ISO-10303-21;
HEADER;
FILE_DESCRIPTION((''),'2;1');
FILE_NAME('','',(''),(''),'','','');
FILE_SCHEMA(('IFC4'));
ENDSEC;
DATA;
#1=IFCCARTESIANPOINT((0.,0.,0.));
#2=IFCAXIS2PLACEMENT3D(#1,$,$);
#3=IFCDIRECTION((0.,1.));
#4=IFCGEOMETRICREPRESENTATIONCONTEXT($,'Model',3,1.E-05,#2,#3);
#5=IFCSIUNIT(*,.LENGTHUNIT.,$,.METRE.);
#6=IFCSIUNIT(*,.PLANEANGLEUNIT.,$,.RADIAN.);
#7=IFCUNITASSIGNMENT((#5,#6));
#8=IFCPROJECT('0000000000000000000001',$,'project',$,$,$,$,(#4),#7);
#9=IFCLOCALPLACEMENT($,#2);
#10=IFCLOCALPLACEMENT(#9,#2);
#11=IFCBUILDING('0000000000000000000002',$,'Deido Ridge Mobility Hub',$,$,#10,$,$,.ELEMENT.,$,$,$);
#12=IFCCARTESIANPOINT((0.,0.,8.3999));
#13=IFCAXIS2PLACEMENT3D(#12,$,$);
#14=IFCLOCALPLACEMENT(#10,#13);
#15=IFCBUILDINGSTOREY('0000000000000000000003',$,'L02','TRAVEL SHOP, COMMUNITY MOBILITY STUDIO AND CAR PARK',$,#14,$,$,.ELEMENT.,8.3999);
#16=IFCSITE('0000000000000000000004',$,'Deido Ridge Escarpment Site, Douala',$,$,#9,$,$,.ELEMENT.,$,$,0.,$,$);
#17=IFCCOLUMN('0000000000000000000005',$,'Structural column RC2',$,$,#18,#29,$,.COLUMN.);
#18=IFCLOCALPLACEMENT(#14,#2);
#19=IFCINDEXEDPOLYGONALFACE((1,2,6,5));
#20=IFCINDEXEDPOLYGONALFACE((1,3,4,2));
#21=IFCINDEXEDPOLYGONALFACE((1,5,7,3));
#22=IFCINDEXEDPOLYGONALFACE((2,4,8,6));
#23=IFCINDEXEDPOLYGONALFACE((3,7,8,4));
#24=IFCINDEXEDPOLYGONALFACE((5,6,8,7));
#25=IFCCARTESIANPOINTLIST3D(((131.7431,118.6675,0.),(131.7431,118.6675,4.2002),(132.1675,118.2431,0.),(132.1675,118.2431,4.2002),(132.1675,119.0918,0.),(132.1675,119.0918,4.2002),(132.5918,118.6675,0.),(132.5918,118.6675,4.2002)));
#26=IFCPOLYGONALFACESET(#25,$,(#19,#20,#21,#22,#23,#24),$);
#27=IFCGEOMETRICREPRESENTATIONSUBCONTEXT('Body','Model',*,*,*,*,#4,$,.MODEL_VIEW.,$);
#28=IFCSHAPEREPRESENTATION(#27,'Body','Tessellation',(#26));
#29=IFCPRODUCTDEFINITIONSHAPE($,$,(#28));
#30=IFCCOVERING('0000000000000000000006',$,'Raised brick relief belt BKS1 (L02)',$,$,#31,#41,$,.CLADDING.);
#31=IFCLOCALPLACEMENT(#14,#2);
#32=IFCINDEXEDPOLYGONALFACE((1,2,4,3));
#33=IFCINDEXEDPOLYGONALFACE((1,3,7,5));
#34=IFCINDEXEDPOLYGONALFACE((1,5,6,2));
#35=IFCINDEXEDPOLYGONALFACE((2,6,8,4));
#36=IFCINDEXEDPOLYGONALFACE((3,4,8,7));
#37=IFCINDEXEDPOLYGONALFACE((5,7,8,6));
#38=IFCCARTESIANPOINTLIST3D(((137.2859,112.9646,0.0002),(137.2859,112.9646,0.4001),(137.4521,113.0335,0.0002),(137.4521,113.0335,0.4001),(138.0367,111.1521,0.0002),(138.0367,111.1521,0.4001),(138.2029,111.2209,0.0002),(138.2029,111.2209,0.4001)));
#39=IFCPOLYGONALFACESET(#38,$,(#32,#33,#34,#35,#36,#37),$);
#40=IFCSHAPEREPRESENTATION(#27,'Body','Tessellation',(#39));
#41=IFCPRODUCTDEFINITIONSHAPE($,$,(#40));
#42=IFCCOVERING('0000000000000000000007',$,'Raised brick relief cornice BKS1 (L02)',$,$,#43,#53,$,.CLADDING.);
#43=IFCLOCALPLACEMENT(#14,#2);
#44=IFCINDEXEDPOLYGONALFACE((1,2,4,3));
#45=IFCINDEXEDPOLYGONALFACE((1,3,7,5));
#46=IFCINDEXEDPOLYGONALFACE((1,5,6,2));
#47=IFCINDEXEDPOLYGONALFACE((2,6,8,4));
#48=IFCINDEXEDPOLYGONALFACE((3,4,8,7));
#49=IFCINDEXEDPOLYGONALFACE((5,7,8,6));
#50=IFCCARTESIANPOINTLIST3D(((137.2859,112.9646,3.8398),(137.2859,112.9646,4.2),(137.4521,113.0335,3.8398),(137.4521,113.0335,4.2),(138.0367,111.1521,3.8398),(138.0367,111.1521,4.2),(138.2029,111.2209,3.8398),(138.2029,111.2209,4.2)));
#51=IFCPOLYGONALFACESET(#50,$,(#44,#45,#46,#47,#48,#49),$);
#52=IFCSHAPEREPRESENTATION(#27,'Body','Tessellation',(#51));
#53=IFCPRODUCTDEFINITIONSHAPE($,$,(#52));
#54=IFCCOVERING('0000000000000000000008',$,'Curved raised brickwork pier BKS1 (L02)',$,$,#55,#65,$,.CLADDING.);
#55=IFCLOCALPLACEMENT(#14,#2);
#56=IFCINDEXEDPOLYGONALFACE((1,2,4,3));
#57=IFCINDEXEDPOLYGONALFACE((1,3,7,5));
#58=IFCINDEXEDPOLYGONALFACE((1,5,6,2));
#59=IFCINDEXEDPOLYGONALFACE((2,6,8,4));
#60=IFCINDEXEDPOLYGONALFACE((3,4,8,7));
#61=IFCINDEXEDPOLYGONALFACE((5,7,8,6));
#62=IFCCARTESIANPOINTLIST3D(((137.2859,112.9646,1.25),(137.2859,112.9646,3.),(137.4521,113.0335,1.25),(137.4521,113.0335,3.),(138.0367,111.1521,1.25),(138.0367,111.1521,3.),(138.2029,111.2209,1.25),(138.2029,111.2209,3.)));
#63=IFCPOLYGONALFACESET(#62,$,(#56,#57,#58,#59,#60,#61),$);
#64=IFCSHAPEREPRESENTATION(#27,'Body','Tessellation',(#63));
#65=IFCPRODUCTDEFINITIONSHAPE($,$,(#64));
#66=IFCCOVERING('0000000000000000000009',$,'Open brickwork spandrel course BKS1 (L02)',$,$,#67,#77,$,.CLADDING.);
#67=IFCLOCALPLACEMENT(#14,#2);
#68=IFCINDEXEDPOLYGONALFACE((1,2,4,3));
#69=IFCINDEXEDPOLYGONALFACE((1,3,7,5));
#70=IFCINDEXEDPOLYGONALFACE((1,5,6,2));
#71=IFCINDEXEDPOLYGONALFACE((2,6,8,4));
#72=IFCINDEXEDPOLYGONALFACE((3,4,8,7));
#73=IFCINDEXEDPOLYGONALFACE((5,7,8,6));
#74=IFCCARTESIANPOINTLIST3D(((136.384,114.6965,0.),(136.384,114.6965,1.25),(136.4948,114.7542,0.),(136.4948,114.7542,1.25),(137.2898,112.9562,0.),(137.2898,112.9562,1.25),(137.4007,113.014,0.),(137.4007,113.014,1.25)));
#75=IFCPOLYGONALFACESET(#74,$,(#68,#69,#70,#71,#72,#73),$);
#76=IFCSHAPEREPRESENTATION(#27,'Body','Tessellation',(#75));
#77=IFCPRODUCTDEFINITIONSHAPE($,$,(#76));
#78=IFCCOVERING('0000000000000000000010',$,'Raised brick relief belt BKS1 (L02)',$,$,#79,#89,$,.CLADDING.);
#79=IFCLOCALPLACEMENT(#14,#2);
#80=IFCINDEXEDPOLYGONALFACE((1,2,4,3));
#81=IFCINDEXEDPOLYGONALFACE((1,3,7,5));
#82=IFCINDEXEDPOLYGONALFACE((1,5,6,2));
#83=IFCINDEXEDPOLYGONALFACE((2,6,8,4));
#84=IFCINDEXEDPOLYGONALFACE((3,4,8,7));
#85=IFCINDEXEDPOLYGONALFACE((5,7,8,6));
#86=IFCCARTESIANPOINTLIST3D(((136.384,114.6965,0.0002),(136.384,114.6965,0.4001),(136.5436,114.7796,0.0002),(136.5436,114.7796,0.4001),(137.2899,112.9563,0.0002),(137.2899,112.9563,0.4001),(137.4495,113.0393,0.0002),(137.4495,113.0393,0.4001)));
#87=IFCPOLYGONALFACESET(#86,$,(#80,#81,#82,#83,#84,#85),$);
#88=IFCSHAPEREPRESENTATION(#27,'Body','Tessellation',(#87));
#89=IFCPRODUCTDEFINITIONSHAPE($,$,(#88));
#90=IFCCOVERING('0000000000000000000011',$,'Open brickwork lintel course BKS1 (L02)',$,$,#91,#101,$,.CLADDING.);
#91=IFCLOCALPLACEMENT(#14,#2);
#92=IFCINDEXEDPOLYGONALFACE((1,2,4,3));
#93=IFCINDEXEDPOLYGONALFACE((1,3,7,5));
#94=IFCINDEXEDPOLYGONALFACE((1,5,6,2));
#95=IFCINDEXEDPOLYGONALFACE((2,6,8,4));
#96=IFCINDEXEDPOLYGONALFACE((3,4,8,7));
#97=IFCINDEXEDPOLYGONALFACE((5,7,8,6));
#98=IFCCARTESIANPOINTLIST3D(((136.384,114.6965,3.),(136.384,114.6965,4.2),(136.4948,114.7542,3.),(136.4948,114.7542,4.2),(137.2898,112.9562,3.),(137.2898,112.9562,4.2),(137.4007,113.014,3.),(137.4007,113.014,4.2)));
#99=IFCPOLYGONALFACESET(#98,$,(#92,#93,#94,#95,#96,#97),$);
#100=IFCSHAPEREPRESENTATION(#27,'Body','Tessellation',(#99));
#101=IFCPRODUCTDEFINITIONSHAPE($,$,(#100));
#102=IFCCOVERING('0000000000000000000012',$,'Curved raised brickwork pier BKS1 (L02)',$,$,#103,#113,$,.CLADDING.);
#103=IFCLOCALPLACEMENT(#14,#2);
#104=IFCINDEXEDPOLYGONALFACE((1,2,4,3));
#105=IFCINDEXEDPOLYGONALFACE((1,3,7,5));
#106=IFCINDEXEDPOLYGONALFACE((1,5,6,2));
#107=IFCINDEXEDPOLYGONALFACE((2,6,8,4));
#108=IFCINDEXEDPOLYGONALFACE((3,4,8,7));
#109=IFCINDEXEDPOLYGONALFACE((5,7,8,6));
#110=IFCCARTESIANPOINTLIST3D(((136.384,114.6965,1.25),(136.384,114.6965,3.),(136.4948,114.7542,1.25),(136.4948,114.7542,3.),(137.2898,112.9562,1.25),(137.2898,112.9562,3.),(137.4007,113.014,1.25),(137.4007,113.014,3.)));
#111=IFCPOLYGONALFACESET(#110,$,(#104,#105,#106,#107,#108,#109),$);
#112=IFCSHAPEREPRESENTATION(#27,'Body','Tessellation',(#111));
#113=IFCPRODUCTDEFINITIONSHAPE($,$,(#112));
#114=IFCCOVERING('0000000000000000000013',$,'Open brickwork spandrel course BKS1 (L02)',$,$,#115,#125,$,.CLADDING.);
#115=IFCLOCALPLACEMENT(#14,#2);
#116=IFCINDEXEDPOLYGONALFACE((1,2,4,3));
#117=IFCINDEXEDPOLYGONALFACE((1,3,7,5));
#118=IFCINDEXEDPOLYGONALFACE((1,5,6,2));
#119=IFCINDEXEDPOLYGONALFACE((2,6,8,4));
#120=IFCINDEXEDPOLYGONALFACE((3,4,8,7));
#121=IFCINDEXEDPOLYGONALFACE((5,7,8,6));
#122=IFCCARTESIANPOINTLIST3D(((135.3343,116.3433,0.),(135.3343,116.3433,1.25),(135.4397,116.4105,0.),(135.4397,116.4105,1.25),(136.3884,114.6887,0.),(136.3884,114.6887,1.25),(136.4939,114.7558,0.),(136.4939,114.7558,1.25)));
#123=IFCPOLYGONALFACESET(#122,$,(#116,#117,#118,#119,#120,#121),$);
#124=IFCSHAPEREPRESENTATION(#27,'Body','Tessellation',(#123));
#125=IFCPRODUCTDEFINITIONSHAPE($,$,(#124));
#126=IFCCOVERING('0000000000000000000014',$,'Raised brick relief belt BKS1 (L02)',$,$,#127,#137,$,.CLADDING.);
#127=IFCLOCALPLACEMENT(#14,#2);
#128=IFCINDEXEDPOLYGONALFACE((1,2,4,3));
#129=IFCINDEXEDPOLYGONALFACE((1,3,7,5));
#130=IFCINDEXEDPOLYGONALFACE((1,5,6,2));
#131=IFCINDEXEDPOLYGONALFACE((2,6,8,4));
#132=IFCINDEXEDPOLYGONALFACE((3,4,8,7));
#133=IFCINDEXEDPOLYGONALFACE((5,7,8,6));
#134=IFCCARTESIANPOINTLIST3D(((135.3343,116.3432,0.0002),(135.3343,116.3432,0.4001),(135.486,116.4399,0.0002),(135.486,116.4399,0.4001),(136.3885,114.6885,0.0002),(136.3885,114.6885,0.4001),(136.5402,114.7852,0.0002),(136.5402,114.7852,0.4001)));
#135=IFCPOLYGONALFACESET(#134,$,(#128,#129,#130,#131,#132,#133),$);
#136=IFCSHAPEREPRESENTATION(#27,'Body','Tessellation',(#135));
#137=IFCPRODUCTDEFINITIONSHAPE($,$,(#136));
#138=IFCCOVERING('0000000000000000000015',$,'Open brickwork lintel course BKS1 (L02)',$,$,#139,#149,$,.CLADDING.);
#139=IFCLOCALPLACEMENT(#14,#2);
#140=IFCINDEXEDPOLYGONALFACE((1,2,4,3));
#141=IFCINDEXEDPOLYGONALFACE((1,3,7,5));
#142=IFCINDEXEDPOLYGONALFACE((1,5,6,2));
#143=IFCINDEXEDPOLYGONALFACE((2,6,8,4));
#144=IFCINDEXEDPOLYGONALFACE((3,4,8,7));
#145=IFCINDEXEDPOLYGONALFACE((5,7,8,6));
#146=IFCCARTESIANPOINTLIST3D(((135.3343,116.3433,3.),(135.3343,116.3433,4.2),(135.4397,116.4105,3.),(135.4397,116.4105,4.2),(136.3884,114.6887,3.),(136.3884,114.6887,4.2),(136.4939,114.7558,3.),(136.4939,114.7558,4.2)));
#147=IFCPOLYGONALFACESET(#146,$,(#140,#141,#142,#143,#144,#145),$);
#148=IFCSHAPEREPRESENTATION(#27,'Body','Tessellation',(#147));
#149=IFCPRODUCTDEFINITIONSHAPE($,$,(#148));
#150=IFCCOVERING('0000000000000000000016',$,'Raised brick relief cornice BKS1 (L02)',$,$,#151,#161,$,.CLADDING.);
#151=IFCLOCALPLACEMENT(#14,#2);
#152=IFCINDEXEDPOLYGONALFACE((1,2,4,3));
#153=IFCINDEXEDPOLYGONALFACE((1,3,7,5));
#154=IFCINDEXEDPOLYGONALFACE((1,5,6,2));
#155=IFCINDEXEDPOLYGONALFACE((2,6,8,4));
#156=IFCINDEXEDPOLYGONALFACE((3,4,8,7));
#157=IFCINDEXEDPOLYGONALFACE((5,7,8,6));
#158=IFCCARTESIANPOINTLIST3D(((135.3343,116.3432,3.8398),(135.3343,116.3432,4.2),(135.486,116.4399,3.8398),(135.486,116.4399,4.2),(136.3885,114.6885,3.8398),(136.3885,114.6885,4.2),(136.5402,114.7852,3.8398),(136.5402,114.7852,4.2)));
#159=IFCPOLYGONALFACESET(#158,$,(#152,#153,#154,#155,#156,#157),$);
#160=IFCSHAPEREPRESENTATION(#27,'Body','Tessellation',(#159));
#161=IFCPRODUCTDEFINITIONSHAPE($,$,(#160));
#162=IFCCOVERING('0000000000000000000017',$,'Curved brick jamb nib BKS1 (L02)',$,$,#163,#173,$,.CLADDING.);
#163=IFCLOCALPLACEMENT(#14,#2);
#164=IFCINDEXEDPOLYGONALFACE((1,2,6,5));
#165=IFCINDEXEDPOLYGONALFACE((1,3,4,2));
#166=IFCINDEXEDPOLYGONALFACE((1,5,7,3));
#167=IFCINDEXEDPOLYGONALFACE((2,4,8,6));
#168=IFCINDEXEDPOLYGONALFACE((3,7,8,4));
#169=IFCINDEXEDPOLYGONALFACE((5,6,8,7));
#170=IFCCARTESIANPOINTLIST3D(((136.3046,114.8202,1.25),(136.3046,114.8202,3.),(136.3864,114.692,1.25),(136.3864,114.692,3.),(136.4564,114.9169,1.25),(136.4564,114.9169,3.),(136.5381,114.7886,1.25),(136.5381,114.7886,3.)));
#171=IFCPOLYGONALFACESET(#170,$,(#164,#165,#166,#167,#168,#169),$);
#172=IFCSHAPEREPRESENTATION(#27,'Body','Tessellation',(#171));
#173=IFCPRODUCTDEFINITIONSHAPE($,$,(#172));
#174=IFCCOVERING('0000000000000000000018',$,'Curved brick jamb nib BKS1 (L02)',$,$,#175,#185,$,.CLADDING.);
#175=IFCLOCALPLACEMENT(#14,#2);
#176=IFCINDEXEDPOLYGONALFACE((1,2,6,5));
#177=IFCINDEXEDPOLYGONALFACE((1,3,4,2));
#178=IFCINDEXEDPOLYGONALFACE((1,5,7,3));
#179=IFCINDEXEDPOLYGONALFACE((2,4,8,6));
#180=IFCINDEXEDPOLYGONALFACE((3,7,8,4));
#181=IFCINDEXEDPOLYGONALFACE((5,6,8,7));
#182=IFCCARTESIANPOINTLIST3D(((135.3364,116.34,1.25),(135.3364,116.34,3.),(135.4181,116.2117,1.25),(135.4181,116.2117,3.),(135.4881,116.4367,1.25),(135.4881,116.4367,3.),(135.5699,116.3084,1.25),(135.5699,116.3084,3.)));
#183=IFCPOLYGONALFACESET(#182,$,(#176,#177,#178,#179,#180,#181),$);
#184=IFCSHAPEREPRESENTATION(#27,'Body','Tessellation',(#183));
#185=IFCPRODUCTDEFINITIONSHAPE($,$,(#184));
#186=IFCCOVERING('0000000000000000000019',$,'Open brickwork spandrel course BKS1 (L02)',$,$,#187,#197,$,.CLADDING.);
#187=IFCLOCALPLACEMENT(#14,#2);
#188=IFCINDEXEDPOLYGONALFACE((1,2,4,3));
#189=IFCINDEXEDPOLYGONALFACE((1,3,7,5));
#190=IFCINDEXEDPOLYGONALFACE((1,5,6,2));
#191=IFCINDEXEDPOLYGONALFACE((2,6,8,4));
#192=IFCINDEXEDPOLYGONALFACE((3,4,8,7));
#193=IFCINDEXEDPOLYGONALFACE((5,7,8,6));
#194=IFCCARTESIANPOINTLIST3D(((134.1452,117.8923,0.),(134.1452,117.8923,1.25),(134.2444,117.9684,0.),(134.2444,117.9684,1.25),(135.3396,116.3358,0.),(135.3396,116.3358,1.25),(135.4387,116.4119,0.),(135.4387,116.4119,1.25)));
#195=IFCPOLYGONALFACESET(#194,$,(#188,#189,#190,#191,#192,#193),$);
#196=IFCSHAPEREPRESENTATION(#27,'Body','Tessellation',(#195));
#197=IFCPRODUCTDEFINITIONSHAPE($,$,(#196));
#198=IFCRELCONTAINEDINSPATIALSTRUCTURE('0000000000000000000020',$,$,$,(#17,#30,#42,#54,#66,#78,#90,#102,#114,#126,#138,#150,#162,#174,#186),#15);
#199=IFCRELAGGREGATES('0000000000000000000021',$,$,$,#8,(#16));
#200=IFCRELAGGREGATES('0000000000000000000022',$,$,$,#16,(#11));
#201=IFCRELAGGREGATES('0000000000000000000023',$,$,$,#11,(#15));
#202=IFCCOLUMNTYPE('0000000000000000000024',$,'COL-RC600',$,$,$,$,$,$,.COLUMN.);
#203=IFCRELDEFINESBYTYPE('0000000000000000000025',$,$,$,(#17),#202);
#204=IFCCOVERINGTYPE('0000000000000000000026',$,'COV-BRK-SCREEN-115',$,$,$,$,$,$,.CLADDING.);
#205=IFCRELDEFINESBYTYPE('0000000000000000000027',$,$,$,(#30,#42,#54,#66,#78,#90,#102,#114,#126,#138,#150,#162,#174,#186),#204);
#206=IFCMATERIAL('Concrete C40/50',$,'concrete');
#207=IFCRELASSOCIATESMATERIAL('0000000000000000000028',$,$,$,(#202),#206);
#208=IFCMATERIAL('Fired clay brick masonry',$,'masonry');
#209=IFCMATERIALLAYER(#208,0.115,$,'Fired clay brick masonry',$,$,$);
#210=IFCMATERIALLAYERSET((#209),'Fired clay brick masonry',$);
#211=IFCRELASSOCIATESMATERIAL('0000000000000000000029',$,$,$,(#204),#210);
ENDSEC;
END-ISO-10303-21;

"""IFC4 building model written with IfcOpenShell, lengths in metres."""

from ifc_helpers import new_model, si_unit, direction, frame, origin, origin_2d, place, context, subcontext, project, spatial, rectangle, extrude, material, layer, layer_set, material_profile, profile_set, type_object, element, save


model = new_model("IFC4")

# Units and contexts
model_context = context("Model", 3, precision=1e-05, world=origin(), true_north=direction((0.0, 1.0)))
body_context = subcontext(model_context, "Body", "Model", "MODEL_VIEW")
ifc_project = project(units=[si_unit("LENGTHUNIT", "METRE"), si_unit("PLANEANGLEUNIT", "RADIAN")], contexts=[model_context])

# Site, building, storey
site_placement = place(None, origin())
site = spatial("IfcSite", under=ifc_project, at=site_placement, Name="Deido Ridge Escarpment Site, Douala", CompositionType="ELEMENT", RefElevation=0.0)
building_placement = place(site_placement, origin())
building = spatial("IfcBuilding", under=site, at=building_placement, Name="Deido Ridge Mobility Hub", CompositionType="ELEMENT")
storey_placement = place(building_placement, frame((0.0, 0.0, 8.3999)))
storey = spatial("IfcBuildingStorey", under=building, at=storey_placement, Name="L02", Description="TRAVEL SHOP, COMMUNITY MOBILITY STUDIO AND CAR PARK", CompositionType="ELEMENT", Elevation=8.3999)

# Column
ifc_material_1 = material(Name="Concrete C40/50", Category="concrete")
ifc_material_profile = material_profile(ifc_material_1, rectangle(XDim=0.6001, YDim=0.6001, at=origin_2d()), Name="RC COL 600x600")
ifc_profile_set = profile_set([ifc_material_profile], Name="Concrete C40/50")
column_type = type_object("IfcColumnType", Name="COL-RC600", PredefinedType="COLUMN", material=ifc_profile_set)
column_placement = place(storey_placement, frame((132.1675, 118.6675, 0.0), z_axis=(0.0, 0.0, 1.0), x_axis=(0.707107, 0.707107, 0.0)))
element("IfcColumn", 1, at=column_placement, inside=storey, type_object=column_type, Name="Structural column RC2", PredefinedType="COLUMN", context=body_context, shape_type="SweptSolid", body=[
    extrude(rectangle(XDim=0.6001, YDim=0.6001, at=origin_2d()), origin(), (0.0, 0.0, 1.0), 4.2002),
])

# Coverings
ifc_material_2 = material(Name="Fired clay brick masonry", Category="masonry")
ifc_layer = layer(ifc_material_2, 0.115, Name="Fired clay brick masonry")
ifc_layer_set = layer_set([ifc_layer], Name="Fired clay brick masonry")
covering_type = type_object("IfcCoveringType", Name="COV-BRK-SCREEN-115", PredefinedType="CLADDING", material=ifc_layer_set)
covering_1_placement = place(storey_placement, frame((137.7444, 112.0928, 0.0002), z_axis=(0.0, 0.0, 1.0), x_axis=(-0.3827, 0.923873, 0.0)))
element("IfcCovering", 2, at=covering_1_placement, inside=storey, type_object=covering_type, Name="Raised brick relief belt BKS1 (L02)", PredefinedType="CLADDING", context=body_context, shape_type="SweptSolid", body=[
    extrude(rectangle(XDim=1.9619, YDim=0.1799, at=origin_2d()), origin(), (0.0, 0.0, 1.0), 0.3999),
])
covering_2_placement = place(storey_placement, frame((137.7444, 112.0928, 3.8398), z_axis=(0.0, 0.0, 1.0), x_axis=(-0.3827, 0.923873, 0.0)))
element("IfcCovering", 3, at=covering_2_placement, inside=storey, type_object=covering_type, Name="Raised brick relief cornice BKS1 (L02)", PredefinedType="CLADDING", context=body_context, shape_type="SweptSolid", body=[
    extrude(rectangle(XDim=1.9619, YDim=0.1799, at=origin_2d()), origin(), (0.0, 0.0, 1.0), 0.3601),
])
covering_3_placement = place(storey_placement, frame((137.7444, 112.0928, 1.25), z_axis=(0.0, 0.0, 1.0), x_axis=(-0.3827, 0.923873, 0.0)))
element("IfcCovering", 4, at=covering_3_placement, inside=storey, type_object=covering_type, Name="Curved raised brickwork pier BKS1 (L02)", PredefinedType="CLADDING", context=body_context, shape_type="SweptSolid", body=[
    extrude(rectangle(XDim=1.9619, YDim=0.1799, at=origin_2d()), origin(), (0.0, 0.0, 1.0), 1.75),
])
covering_4_placement = place(storey_placement, frame((136.8923, 113.8552, 0.0), z_axis=(0.0, 0.0, 1.0), x_axis=(-0.461733, 0.887019, 0.0)))
element("IfcCovering", 5, at=covering_4_placement, inside=storey, type_object=covering_type, Name="Open brickwork spandrel course BKS1 (L02)", PredefinedType="CLADDING", context=body_context, shape_type="SweptSolid", body=[
    extrude(rectangle(XDim=1.9619, YDim=0.125, at=origin_2d()), origin(), (0.0, 0.0, 1.0), 1.25),
])
covering_5_placement = place(storey_placement, frame((136.9167, 113.8679, 0.0002), z_axis=(0.0, 0.0, 1.0), x_axis=(-0.461733, 0.887019, 0.0)))
element("IfcCovering", 6, at=covering_5_placement, inside=storey, type_object=covering_type, Name="Raised brick relief belt BKS1 (L02)", PredefinedType="CLADDING", context=body_context, shape_type="SweptSolid", body=[
    extrude(rectangle(XDim=1.9619, YDim=0.1799, at=origin_2d()), origin(), (0.0, 0.0, 1.0), 0.3999),
])
covering_6_placement = place(storey_placement, frame((136.8923, 113.8552, 3.0), z_axis=(0.0, 0.0, 1.0), x_axis=(-0.461733, 0.887019, 0.0)))
element("IfcCovering", 7, at=covering_6_placement, inside=storey, type_object=covering_type, Name="Open brickwork lintel course BKS1 (L02)", PredefinedType="CLADDING", context=body_context, shape_type="SweptSolid", body=[
    extrude(rectangle(XDim=1.9619, YDim=0.125, at=origin_2d()), origin(), (0.0, 0.0, 1.0), 1.2),
])
covering_7_placement = place(storey_placement, frame((136.8923, 113.8552, 1.25), z_axis=(0.0, 0.0, 1.0), x_axis=(-0.461733, 0.887019, 0.0)))
element("IfcCovering", 8, at=covering_7_placement, inside=storey, type_object=covering_type, Name="Curved raised brickwork pier BKS1 (L02)", PredefinedType="CLADDING", context=body_context, shape_type="SweptSolid", body=[
    extrude(rectangle(XDim=1.9619, YDim=0.125, at=origin_2d()), origin(), (0.0, 0.0, 1.0), 1.75),
])
covering_8_placement = place(storey_placement, frame((135.9141, 115.5496, 0.0), z_axis=(0.0, 0.0, 1.0), x_axis=(-0.537314, 0.843382, 0.0)))
element("IfcCovering", 9, at=covering_8_placement, inside=storey, type_object=covering_type, Name="Open brickwork spandrel course BKS1 (L02)", PredefinedType="CLADDING", context=body_context, shape_type="SweptSolid", body=[
    extrude(rectangle(XDim=1.9619, YDim=0.125, at=origin_2d()), origin(), (0.0, 0.0, 1.0), 1.25),
])
covering_9_placement = place(storey_placement, frame((135.9373, 115.5642, 0.0002), z_axis=(0.0, 0.0, 1.0), x_axis=(-0.537314, 0.843382, 0.0)))
element("IfcCovering", 10, at=covering_9_placement, inside=storey, type_object=covering_type, Name="Raised brick relief belt BKS1 (L02)", PredefinedType="CLADDING", context=body_context, shape_type="SweptSolid", body=[
    extrude(rectangle(XDim=1.9619, YDim=0.1799, at=origin_2d()), origin(), (0.0, 0.0, 1.0), 0.3999),
])
covering_10_placement = place(storey_placement, frame((135.9141, 115.5496, 3.0), z_axis=(0.0, 0.0, 1.0), x_axis=(-0.537314, 0.843382, 0.0)))
element("IfcCovering", 11, at=covering_10_placement, inside=storey, type_object=covering_type, Name="Open brickwork lintel course BKS1 (L02)", PredefinedType="CLADDING", context=body_context, shape_type="SweptSolid", body=[
    extrude(rectangle(XDim=1.9619, YDim=0.125, at=origin_2d()), origin(), (0.0, 0.0, 1.0), 1.2),
])
covering_11_placement = place(storey_placement, frame((135.9373, 115.5642, 3.8398), z_axis=(0.0, 0.0, 1.0), x_axis=(-0.537314, 0.843382, 0.0)))
element("IfcCovering", 12, at=covering_11_placement, inside=storey, type_object=covering_type, Name="Raised brick relief cornice BKS1 (L02)", PredefinedType="CLADDING", context=body_context, shape_type="SweptSolid", body=[
    extrude(rectangle(XDim=1.9619, YDim=0.1799, at=origin_2d()), origin(), (0.0, 0.0, 1.0), 0.3601),
])
for number, where, z_axis, x_axis, name in (
    (13, (136.4214, 114.8044, 1.25), (0.0, 0.0, 1.0), (-0.537314, 0.843382, 0.0), "Curved brick jamb nib BKS1 (L02)"),
    (14, (135.4531, 116.3242, 1.25), (0.0, 0.0, 1.0), (-0.537314, 0.843382, 0.0), "Curved brick jamb nib BKS1 (L02)"),
):
    element("IfcCovering", number, at=place(storey_placement, frame(where, z_axis=z_axis, x_axis=x_axis)), inside=storey, type_object=covering_type, Name=name, PredefinedType="CLADDING", context=body_context, shape_type="SweptSolid", body=[
        extrude(rectangle(XDim=0.1521, YDim=0.1799, at=origin_2d()), origin(), (0.0, 0.0, 1.0), 1.75),
    ])
covering_12_placement = place(storey_placement, frame((134.792, 117.1521, 0.0), z_axis=(0.0, 0.0, 1.0), x_axis=(-0.608761, 0.793353, 0.0)))
element("IfcCovering", 15, at=covering_12_placement, inside=storey, type_object=covering_type, Name="Open brickwork spandrel course BKS1 (L02)", PredefinedType="CLADDING", context=body_context, shape_type="SweptSolid", body=[
    extrude(rectangle(XDim=1.9619, YDim=0.125, at=origin_2d()), origin(), (0.0, 0.0, 1.0), 1.25),
])

save(model, "model.ifc")
